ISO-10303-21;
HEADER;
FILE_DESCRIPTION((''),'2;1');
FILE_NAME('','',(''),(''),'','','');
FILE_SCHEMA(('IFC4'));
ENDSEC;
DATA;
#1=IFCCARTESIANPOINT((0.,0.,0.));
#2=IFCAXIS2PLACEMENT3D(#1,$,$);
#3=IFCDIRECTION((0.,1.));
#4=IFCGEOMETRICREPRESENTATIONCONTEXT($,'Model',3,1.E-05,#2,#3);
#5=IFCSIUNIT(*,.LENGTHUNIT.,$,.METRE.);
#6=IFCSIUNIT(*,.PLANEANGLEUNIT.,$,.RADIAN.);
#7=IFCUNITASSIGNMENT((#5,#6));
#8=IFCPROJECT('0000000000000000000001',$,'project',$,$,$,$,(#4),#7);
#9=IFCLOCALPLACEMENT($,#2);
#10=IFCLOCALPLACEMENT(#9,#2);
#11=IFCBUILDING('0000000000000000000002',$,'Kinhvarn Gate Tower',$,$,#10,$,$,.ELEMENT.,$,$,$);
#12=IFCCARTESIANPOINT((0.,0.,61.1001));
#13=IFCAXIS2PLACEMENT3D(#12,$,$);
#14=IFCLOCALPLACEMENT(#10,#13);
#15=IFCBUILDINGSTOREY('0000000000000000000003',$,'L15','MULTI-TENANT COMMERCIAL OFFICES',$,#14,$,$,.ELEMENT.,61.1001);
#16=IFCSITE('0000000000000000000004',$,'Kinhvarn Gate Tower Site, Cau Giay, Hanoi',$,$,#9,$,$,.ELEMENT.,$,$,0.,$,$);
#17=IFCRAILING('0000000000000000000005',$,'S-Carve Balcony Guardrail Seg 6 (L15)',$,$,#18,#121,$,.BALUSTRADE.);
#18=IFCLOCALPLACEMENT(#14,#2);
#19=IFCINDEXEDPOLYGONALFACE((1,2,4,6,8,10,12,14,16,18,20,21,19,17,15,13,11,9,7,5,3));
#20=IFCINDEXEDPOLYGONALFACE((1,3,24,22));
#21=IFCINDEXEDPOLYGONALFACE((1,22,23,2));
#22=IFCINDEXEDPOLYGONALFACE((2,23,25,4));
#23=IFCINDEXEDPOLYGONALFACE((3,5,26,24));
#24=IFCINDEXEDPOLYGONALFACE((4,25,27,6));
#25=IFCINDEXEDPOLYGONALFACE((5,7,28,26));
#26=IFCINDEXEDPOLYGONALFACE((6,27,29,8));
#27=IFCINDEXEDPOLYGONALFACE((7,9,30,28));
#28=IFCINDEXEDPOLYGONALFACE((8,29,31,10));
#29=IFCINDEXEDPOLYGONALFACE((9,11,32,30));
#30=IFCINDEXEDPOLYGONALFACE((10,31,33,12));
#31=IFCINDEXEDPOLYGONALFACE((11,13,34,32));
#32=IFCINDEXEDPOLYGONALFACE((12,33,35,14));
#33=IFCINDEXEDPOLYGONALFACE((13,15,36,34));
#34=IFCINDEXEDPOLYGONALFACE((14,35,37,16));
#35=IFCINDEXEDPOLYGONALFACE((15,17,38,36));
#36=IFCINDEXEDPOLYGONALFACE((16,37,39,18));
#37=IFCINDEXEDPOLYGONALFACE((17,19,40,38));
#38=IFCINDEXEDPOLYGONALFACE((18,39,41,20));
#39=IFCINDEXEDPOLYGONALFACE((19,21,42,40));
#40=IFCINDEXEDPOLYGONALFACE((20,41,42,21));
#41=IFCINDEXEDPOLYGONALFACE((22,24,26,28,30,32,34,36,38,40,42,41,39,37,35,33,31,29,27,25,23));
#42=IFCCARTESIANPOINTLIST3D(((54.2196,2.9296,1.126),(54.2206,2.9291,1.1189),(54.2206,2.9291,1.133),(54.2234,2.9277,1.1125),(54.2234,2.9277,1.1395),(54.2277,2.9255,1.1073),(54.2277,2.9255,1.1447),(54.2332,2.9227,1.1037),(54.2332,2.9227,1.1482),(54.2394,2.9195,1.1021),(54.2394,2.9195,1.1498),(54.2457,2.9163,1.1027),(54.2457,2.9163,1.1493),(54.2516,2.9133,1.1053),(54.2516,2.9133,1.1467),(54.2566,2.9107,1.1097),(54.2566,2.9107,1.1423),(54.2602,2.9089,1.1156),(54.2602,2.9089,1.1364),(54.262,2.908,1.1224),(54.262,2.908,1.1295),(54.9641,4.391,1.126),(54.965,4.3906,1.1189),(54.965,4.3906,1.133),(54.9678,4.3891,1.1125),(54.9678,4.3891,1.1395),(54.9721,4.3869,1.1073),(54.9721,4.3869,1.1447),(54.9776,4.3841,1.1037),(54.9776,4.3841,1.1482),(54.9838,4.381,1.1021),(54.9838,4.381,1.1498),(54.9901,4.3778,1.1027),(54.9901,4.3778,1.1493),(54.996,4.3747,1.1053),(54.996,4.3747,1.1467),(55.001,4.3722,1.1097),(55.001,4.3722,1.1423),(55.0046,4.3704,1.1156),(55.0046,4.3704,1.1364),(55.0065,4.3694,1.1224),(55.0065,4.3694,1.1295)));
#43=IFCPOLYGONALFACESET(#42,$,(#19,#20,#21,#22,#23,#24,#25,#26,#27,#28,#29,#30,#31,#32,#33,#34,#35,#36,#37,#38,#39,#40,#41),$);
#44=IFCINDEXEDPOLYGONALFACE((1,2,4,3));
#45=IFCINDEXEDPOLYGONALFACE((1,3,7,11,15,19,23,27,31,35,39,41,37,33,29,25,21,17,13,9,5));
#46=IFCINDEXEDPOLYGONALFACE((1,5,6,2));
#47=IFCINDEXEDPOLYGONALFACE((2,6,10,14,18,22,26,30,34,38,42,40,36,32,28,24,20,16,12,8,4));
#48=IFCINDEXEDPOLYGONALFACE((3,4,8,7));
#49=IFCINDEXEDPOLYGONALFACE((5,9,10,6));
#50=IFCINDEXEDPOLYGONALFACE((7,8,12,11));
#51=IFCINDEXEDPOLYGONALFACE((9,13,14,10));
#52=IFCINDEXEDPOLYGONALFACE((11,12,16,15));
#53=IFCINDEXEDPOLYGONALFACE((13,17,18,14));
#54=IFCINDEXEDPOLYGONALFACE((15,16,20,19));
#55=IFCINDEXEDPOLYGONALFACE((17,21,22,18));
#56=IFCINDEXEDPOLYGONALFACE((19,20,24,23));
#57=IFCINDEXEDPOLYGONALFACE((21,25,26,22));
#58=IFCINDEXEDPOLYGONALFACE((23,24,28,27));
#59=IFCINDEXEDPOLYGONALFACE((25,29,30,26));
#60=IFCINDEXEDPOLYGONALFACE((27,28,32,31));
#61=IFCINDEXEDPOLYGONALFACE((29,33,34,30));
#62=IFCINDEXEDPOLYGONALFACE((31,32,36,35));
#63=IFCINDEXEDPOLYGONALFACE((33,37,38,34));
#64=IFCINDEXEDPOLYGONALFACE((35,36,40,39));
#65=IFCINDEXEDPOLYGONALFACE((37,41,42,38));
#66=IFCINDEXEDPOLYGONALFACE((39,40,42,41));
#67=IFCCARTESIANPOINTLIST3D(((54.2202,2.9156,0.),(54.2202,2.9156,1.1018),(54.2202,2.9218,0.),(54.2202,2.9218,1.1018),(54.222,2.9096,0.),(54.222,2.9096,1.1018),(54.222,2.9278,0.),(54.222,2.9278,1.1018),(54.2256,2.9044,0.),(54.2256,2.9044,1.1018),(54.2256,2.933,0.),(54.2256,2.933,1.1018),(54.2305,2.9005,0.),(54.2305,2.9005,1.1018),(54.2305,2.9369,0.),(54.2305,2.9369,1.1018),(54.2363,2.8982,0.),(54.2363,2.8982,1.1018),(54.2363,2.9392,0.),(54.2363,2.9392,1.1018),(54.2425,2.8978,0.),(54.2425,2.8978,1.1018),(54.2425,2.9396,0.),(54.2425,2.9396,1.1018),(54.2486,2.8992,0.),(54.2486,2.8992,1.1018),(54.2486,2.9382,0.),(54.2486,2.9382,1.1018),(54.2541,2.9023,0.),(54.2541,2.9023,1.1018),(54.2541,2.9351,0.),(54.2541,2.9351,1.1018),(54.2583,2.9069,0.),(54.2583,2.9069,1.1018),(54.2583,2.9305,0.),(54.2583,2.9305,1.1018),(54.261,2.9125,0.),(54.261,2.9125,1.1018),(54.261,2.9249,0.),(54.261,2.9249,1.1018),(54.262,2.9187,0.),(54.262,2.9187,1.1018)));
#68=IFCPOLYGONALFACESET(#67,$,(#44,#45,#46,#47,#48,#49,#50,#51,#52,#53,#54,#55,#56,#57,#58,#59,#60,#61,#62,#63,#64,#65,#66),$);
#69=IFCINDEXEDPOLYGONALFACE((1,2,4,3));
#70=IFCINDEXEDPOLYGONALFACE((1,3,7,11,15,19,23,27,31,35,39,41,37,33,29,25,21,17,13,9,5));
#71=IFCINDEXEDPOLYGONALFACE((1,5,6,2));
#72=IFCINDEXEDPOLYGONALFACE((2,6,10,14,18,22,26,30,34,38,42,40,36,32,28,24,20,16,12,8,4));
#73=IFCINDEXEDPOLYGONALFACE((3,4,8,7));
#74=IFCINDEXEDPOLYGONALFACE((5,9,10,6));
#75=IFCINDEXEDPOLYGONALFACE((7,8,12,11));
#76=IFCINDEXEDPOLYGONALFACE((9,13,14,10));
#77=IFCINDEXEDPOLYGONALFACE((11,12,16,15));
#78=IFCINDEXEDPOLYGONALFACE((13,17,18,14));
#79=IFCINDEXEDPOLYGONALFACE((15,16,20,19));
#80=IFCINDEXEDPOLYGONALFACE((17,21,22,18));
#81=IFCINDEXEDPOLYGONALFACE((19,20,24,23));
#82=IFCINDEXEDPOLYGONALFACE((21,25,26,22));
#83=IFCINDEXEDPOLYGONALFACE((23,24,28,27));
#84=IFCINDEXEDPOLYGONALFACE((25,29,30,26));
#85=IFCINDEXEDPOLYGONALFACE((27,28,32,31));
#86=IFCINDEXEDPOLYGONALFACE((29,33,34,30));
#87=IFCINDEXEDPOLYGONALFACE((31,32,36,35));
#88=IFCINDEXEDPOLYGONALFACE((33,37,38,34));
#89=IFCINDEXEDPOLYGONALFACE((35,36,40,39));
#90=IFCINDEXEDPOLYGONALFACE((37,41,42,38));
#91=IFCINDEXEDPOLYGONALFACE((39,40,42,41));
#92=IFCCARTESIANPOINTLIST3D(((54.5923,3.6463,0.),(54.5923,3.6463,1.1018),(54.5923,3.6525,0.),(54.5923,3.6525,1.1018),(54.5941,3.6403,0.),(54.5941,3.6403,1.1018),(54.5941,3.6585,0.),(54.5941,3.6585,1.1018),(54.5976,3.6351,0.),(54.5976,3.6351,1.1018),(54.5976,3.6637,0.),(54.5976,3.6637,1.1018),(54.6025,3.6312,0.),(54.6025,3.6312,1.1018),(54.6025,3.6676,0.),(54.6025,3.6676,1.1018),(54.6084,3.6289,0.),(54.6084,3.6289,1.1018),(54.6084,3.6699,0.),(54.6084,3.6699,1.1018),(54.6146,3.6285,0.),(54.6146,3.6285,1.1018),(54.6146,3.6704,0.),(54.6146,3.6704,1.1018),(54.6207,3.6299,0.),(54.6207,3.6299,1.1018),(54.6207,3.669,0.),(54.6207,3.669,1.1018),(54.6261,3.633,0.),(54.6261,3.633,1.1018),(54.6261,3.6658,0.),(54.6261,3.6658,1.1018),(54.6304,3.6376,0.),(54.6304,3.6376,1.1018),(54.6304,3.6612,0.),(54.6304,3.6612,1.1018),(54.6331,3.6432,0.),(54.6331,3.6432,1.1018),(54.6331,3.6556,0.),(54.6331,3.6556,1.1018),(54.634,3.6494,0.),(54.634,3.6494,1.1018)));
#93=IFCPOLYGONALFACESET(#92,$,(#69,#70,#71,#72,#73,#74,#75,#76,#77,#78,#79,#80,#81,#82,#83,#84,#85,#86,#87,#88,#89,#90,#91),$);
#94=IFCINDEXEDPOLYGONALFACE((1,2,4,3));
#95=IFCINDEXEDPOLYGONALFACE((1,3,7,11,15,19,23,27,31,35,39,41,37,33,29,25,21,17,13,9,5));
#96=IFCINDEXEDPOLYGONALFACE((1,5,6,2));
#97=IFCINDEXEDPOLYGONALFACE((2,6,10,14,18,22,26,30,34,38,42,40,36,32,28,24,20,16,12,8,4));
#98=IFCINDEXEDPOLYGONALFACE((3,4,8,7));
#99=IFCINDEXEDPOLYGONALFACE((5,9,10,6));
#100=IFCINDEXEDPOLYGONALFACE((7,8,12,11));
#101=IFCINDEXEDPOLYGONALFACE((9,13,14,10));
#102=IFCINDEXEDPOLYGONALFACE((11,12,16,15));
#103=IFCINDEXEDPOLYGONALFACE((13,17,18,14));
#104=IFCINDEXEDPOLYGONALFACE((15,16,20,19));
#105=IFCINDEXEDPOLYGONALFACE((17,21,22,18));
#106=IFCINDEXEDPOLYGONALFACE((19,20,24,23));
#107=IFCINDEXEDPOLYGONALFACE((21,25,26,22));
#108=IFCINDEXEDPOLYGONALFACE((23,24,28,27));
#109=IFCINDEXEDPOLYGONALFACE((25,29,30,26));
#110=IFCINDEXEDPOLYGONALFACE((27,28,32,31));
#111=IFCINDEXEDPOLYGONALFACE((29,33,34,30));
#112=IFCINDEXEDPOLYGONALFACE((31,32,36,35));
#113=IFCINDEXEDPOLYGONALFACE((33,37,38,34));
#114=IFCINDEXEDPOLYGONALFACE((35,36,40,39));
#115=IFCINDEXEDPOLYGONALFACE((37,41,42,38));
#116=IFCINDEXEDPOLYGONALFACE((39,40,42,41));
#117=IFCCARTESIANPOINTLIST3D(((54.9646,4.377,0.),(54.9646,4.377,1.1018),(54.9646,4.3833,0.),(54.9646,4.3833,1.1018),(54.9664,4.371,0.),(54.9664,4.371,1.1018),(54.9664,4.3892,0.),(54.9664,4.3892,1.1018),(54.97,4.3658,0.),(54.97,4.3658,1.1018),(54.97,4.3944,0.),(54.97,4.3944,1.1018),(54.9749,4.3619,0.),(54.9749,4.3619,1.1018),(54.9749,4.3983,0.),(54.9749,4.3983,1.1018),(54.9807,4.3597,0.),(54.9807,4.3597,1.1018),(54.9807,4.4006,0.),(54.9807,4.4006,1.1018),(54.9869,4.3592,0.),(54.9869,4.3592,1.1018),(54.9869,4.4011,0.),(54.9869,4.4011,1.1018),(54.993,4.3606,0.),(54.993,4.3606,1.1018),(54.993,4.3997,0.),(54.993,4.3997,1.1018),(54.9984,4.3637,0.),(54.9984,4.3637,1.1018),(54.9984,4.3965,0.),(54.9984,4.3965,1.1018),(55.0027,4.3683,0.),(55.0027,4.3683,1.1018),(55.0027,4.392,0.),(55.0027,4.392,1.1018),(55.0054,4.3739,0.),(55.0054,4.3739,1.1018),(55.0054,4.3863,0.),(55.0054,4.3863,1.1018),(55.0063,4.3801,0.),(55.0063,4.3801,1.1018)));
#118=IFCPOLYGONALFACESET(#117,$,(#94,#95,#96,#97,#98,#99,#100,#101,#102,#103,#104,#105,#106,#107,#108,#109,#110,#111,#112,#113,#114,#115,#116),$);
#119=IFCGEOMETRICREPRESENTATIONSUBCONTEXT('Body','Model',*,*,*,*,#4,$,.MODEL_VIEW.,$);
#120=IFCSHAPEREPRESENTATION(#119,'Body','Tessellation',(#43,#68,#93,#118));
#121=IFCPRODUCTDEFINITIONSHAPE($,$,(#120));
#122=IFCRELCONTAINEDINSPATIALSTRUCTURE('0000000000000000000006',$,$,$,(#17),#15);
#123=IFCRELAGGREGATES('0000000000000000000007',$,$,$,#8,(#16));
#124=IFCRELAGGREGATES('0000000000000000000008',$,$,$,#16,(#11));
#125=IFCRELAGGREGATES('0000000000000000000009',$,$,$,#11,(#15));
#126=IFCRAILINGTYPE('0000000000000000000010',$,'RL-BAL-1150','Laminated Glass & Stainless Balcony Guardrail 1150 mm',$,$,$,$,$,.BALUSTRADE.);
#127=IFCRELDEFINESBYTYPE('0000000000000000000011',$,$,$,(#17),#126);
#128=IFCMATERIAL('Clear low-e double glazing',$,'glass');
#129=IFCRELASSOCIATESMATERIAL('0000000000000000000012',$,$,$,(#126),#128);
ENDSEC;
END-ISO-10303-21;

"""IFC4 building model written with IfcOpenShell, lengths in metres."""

from ifc_helpers import new_model, si_unit, direction, frame, origin, origin_2d, place, context, subcontext, project, spatial, circle, extrude, material, type_object, element, save


model = new_model("IFC4")

# Units and contexts
model_context = context("Model", 3, precision=1e-05, world=origin(), true_north=direction((0.0, 1.0)))
body_context = subcontext(model_context, "Body", "Model", "MODEL_VIEW")
ifc_project = project(units=[si_unit("LENGTHUNIT", "METRE"), si_unit("PLANEANGLEUNIT", "RADIAN")], contexts=[model_context])

# Site, building, storey
site_placement = place(None, origin())
site = spatial("IfcSite", under=ifc_project, at=site_placement, Name="Kinhvarn Gate Tower Site, Cau Giay, Hanoi", CompositionType="ELEMENT", RefElevation=0.0)
building_placement = place(site_placement, origin())
building = spatial("IfcBuilding", under=site, at=building_placement, Name="Kinhvarn Gate Tower", CompositionType="ELEMENT")
storey_placement = place(building_placement, frame((0.0, 0.0, 61.1001)))
storey = spatial("IfcBuildingStorey", under=building, at=storey_placement, Name="L15", Description="MULTI-TENANT COMMERCIAL OFFICES", CompositionType="ELEMENT", Elevation=61.1001)

# Shared definitions
ifc_material_1 = material(Name="Clear low-e double glazing", Category="glass")

# Railing
railing_type = type_object("IfcRailingType", Name="RL-BAL-1150", Description="Laminated Glass & Stainless Balcony Guardrail 1150 mm", PredefinedType="BALUSTRADE", material=ifc_material_1)
railing_1_placement = place(storey_placement, frame((54.241, 2.9187, 0.0)))
element("IfcRailing", 1, at=railing_1_placement, inside=storey, type_object=railing_type, Name="S-Carve Balcony Guardrail Seg 6 (L15)", PredefinedType="BALUSTRADE", context=body_context, shape_type="SweptSolid", body=[
    extrude(circle(Radius=0.0239, at=origin_2d()), frame((0.0, 0.0, 1.126), z_axis=(0.45387, 0.891068, 0.0), x_axis=(-0.891068, 0.45387, 0.0)), (0.0, 0.0, 1.0), 1.6401),
    extrude(circle(Radius=0.021, at=origin_2d()), origin(), (0.0, 0.0, 1.0), 1.1018),
    extrude(circle(Radius=0.021, at=origin_2d()), frame((0.3721, 0.7307, 0.0)), (0.0, 0.0, 1.0), 1.1018),
    extrude(circle(Radius=0.021, at=origin_2d()), frame((0.7444, 1.4614, 0.0)), (0.0, 0.0, 1.0), 1.1018),
])

save(model, "model.ifc")
